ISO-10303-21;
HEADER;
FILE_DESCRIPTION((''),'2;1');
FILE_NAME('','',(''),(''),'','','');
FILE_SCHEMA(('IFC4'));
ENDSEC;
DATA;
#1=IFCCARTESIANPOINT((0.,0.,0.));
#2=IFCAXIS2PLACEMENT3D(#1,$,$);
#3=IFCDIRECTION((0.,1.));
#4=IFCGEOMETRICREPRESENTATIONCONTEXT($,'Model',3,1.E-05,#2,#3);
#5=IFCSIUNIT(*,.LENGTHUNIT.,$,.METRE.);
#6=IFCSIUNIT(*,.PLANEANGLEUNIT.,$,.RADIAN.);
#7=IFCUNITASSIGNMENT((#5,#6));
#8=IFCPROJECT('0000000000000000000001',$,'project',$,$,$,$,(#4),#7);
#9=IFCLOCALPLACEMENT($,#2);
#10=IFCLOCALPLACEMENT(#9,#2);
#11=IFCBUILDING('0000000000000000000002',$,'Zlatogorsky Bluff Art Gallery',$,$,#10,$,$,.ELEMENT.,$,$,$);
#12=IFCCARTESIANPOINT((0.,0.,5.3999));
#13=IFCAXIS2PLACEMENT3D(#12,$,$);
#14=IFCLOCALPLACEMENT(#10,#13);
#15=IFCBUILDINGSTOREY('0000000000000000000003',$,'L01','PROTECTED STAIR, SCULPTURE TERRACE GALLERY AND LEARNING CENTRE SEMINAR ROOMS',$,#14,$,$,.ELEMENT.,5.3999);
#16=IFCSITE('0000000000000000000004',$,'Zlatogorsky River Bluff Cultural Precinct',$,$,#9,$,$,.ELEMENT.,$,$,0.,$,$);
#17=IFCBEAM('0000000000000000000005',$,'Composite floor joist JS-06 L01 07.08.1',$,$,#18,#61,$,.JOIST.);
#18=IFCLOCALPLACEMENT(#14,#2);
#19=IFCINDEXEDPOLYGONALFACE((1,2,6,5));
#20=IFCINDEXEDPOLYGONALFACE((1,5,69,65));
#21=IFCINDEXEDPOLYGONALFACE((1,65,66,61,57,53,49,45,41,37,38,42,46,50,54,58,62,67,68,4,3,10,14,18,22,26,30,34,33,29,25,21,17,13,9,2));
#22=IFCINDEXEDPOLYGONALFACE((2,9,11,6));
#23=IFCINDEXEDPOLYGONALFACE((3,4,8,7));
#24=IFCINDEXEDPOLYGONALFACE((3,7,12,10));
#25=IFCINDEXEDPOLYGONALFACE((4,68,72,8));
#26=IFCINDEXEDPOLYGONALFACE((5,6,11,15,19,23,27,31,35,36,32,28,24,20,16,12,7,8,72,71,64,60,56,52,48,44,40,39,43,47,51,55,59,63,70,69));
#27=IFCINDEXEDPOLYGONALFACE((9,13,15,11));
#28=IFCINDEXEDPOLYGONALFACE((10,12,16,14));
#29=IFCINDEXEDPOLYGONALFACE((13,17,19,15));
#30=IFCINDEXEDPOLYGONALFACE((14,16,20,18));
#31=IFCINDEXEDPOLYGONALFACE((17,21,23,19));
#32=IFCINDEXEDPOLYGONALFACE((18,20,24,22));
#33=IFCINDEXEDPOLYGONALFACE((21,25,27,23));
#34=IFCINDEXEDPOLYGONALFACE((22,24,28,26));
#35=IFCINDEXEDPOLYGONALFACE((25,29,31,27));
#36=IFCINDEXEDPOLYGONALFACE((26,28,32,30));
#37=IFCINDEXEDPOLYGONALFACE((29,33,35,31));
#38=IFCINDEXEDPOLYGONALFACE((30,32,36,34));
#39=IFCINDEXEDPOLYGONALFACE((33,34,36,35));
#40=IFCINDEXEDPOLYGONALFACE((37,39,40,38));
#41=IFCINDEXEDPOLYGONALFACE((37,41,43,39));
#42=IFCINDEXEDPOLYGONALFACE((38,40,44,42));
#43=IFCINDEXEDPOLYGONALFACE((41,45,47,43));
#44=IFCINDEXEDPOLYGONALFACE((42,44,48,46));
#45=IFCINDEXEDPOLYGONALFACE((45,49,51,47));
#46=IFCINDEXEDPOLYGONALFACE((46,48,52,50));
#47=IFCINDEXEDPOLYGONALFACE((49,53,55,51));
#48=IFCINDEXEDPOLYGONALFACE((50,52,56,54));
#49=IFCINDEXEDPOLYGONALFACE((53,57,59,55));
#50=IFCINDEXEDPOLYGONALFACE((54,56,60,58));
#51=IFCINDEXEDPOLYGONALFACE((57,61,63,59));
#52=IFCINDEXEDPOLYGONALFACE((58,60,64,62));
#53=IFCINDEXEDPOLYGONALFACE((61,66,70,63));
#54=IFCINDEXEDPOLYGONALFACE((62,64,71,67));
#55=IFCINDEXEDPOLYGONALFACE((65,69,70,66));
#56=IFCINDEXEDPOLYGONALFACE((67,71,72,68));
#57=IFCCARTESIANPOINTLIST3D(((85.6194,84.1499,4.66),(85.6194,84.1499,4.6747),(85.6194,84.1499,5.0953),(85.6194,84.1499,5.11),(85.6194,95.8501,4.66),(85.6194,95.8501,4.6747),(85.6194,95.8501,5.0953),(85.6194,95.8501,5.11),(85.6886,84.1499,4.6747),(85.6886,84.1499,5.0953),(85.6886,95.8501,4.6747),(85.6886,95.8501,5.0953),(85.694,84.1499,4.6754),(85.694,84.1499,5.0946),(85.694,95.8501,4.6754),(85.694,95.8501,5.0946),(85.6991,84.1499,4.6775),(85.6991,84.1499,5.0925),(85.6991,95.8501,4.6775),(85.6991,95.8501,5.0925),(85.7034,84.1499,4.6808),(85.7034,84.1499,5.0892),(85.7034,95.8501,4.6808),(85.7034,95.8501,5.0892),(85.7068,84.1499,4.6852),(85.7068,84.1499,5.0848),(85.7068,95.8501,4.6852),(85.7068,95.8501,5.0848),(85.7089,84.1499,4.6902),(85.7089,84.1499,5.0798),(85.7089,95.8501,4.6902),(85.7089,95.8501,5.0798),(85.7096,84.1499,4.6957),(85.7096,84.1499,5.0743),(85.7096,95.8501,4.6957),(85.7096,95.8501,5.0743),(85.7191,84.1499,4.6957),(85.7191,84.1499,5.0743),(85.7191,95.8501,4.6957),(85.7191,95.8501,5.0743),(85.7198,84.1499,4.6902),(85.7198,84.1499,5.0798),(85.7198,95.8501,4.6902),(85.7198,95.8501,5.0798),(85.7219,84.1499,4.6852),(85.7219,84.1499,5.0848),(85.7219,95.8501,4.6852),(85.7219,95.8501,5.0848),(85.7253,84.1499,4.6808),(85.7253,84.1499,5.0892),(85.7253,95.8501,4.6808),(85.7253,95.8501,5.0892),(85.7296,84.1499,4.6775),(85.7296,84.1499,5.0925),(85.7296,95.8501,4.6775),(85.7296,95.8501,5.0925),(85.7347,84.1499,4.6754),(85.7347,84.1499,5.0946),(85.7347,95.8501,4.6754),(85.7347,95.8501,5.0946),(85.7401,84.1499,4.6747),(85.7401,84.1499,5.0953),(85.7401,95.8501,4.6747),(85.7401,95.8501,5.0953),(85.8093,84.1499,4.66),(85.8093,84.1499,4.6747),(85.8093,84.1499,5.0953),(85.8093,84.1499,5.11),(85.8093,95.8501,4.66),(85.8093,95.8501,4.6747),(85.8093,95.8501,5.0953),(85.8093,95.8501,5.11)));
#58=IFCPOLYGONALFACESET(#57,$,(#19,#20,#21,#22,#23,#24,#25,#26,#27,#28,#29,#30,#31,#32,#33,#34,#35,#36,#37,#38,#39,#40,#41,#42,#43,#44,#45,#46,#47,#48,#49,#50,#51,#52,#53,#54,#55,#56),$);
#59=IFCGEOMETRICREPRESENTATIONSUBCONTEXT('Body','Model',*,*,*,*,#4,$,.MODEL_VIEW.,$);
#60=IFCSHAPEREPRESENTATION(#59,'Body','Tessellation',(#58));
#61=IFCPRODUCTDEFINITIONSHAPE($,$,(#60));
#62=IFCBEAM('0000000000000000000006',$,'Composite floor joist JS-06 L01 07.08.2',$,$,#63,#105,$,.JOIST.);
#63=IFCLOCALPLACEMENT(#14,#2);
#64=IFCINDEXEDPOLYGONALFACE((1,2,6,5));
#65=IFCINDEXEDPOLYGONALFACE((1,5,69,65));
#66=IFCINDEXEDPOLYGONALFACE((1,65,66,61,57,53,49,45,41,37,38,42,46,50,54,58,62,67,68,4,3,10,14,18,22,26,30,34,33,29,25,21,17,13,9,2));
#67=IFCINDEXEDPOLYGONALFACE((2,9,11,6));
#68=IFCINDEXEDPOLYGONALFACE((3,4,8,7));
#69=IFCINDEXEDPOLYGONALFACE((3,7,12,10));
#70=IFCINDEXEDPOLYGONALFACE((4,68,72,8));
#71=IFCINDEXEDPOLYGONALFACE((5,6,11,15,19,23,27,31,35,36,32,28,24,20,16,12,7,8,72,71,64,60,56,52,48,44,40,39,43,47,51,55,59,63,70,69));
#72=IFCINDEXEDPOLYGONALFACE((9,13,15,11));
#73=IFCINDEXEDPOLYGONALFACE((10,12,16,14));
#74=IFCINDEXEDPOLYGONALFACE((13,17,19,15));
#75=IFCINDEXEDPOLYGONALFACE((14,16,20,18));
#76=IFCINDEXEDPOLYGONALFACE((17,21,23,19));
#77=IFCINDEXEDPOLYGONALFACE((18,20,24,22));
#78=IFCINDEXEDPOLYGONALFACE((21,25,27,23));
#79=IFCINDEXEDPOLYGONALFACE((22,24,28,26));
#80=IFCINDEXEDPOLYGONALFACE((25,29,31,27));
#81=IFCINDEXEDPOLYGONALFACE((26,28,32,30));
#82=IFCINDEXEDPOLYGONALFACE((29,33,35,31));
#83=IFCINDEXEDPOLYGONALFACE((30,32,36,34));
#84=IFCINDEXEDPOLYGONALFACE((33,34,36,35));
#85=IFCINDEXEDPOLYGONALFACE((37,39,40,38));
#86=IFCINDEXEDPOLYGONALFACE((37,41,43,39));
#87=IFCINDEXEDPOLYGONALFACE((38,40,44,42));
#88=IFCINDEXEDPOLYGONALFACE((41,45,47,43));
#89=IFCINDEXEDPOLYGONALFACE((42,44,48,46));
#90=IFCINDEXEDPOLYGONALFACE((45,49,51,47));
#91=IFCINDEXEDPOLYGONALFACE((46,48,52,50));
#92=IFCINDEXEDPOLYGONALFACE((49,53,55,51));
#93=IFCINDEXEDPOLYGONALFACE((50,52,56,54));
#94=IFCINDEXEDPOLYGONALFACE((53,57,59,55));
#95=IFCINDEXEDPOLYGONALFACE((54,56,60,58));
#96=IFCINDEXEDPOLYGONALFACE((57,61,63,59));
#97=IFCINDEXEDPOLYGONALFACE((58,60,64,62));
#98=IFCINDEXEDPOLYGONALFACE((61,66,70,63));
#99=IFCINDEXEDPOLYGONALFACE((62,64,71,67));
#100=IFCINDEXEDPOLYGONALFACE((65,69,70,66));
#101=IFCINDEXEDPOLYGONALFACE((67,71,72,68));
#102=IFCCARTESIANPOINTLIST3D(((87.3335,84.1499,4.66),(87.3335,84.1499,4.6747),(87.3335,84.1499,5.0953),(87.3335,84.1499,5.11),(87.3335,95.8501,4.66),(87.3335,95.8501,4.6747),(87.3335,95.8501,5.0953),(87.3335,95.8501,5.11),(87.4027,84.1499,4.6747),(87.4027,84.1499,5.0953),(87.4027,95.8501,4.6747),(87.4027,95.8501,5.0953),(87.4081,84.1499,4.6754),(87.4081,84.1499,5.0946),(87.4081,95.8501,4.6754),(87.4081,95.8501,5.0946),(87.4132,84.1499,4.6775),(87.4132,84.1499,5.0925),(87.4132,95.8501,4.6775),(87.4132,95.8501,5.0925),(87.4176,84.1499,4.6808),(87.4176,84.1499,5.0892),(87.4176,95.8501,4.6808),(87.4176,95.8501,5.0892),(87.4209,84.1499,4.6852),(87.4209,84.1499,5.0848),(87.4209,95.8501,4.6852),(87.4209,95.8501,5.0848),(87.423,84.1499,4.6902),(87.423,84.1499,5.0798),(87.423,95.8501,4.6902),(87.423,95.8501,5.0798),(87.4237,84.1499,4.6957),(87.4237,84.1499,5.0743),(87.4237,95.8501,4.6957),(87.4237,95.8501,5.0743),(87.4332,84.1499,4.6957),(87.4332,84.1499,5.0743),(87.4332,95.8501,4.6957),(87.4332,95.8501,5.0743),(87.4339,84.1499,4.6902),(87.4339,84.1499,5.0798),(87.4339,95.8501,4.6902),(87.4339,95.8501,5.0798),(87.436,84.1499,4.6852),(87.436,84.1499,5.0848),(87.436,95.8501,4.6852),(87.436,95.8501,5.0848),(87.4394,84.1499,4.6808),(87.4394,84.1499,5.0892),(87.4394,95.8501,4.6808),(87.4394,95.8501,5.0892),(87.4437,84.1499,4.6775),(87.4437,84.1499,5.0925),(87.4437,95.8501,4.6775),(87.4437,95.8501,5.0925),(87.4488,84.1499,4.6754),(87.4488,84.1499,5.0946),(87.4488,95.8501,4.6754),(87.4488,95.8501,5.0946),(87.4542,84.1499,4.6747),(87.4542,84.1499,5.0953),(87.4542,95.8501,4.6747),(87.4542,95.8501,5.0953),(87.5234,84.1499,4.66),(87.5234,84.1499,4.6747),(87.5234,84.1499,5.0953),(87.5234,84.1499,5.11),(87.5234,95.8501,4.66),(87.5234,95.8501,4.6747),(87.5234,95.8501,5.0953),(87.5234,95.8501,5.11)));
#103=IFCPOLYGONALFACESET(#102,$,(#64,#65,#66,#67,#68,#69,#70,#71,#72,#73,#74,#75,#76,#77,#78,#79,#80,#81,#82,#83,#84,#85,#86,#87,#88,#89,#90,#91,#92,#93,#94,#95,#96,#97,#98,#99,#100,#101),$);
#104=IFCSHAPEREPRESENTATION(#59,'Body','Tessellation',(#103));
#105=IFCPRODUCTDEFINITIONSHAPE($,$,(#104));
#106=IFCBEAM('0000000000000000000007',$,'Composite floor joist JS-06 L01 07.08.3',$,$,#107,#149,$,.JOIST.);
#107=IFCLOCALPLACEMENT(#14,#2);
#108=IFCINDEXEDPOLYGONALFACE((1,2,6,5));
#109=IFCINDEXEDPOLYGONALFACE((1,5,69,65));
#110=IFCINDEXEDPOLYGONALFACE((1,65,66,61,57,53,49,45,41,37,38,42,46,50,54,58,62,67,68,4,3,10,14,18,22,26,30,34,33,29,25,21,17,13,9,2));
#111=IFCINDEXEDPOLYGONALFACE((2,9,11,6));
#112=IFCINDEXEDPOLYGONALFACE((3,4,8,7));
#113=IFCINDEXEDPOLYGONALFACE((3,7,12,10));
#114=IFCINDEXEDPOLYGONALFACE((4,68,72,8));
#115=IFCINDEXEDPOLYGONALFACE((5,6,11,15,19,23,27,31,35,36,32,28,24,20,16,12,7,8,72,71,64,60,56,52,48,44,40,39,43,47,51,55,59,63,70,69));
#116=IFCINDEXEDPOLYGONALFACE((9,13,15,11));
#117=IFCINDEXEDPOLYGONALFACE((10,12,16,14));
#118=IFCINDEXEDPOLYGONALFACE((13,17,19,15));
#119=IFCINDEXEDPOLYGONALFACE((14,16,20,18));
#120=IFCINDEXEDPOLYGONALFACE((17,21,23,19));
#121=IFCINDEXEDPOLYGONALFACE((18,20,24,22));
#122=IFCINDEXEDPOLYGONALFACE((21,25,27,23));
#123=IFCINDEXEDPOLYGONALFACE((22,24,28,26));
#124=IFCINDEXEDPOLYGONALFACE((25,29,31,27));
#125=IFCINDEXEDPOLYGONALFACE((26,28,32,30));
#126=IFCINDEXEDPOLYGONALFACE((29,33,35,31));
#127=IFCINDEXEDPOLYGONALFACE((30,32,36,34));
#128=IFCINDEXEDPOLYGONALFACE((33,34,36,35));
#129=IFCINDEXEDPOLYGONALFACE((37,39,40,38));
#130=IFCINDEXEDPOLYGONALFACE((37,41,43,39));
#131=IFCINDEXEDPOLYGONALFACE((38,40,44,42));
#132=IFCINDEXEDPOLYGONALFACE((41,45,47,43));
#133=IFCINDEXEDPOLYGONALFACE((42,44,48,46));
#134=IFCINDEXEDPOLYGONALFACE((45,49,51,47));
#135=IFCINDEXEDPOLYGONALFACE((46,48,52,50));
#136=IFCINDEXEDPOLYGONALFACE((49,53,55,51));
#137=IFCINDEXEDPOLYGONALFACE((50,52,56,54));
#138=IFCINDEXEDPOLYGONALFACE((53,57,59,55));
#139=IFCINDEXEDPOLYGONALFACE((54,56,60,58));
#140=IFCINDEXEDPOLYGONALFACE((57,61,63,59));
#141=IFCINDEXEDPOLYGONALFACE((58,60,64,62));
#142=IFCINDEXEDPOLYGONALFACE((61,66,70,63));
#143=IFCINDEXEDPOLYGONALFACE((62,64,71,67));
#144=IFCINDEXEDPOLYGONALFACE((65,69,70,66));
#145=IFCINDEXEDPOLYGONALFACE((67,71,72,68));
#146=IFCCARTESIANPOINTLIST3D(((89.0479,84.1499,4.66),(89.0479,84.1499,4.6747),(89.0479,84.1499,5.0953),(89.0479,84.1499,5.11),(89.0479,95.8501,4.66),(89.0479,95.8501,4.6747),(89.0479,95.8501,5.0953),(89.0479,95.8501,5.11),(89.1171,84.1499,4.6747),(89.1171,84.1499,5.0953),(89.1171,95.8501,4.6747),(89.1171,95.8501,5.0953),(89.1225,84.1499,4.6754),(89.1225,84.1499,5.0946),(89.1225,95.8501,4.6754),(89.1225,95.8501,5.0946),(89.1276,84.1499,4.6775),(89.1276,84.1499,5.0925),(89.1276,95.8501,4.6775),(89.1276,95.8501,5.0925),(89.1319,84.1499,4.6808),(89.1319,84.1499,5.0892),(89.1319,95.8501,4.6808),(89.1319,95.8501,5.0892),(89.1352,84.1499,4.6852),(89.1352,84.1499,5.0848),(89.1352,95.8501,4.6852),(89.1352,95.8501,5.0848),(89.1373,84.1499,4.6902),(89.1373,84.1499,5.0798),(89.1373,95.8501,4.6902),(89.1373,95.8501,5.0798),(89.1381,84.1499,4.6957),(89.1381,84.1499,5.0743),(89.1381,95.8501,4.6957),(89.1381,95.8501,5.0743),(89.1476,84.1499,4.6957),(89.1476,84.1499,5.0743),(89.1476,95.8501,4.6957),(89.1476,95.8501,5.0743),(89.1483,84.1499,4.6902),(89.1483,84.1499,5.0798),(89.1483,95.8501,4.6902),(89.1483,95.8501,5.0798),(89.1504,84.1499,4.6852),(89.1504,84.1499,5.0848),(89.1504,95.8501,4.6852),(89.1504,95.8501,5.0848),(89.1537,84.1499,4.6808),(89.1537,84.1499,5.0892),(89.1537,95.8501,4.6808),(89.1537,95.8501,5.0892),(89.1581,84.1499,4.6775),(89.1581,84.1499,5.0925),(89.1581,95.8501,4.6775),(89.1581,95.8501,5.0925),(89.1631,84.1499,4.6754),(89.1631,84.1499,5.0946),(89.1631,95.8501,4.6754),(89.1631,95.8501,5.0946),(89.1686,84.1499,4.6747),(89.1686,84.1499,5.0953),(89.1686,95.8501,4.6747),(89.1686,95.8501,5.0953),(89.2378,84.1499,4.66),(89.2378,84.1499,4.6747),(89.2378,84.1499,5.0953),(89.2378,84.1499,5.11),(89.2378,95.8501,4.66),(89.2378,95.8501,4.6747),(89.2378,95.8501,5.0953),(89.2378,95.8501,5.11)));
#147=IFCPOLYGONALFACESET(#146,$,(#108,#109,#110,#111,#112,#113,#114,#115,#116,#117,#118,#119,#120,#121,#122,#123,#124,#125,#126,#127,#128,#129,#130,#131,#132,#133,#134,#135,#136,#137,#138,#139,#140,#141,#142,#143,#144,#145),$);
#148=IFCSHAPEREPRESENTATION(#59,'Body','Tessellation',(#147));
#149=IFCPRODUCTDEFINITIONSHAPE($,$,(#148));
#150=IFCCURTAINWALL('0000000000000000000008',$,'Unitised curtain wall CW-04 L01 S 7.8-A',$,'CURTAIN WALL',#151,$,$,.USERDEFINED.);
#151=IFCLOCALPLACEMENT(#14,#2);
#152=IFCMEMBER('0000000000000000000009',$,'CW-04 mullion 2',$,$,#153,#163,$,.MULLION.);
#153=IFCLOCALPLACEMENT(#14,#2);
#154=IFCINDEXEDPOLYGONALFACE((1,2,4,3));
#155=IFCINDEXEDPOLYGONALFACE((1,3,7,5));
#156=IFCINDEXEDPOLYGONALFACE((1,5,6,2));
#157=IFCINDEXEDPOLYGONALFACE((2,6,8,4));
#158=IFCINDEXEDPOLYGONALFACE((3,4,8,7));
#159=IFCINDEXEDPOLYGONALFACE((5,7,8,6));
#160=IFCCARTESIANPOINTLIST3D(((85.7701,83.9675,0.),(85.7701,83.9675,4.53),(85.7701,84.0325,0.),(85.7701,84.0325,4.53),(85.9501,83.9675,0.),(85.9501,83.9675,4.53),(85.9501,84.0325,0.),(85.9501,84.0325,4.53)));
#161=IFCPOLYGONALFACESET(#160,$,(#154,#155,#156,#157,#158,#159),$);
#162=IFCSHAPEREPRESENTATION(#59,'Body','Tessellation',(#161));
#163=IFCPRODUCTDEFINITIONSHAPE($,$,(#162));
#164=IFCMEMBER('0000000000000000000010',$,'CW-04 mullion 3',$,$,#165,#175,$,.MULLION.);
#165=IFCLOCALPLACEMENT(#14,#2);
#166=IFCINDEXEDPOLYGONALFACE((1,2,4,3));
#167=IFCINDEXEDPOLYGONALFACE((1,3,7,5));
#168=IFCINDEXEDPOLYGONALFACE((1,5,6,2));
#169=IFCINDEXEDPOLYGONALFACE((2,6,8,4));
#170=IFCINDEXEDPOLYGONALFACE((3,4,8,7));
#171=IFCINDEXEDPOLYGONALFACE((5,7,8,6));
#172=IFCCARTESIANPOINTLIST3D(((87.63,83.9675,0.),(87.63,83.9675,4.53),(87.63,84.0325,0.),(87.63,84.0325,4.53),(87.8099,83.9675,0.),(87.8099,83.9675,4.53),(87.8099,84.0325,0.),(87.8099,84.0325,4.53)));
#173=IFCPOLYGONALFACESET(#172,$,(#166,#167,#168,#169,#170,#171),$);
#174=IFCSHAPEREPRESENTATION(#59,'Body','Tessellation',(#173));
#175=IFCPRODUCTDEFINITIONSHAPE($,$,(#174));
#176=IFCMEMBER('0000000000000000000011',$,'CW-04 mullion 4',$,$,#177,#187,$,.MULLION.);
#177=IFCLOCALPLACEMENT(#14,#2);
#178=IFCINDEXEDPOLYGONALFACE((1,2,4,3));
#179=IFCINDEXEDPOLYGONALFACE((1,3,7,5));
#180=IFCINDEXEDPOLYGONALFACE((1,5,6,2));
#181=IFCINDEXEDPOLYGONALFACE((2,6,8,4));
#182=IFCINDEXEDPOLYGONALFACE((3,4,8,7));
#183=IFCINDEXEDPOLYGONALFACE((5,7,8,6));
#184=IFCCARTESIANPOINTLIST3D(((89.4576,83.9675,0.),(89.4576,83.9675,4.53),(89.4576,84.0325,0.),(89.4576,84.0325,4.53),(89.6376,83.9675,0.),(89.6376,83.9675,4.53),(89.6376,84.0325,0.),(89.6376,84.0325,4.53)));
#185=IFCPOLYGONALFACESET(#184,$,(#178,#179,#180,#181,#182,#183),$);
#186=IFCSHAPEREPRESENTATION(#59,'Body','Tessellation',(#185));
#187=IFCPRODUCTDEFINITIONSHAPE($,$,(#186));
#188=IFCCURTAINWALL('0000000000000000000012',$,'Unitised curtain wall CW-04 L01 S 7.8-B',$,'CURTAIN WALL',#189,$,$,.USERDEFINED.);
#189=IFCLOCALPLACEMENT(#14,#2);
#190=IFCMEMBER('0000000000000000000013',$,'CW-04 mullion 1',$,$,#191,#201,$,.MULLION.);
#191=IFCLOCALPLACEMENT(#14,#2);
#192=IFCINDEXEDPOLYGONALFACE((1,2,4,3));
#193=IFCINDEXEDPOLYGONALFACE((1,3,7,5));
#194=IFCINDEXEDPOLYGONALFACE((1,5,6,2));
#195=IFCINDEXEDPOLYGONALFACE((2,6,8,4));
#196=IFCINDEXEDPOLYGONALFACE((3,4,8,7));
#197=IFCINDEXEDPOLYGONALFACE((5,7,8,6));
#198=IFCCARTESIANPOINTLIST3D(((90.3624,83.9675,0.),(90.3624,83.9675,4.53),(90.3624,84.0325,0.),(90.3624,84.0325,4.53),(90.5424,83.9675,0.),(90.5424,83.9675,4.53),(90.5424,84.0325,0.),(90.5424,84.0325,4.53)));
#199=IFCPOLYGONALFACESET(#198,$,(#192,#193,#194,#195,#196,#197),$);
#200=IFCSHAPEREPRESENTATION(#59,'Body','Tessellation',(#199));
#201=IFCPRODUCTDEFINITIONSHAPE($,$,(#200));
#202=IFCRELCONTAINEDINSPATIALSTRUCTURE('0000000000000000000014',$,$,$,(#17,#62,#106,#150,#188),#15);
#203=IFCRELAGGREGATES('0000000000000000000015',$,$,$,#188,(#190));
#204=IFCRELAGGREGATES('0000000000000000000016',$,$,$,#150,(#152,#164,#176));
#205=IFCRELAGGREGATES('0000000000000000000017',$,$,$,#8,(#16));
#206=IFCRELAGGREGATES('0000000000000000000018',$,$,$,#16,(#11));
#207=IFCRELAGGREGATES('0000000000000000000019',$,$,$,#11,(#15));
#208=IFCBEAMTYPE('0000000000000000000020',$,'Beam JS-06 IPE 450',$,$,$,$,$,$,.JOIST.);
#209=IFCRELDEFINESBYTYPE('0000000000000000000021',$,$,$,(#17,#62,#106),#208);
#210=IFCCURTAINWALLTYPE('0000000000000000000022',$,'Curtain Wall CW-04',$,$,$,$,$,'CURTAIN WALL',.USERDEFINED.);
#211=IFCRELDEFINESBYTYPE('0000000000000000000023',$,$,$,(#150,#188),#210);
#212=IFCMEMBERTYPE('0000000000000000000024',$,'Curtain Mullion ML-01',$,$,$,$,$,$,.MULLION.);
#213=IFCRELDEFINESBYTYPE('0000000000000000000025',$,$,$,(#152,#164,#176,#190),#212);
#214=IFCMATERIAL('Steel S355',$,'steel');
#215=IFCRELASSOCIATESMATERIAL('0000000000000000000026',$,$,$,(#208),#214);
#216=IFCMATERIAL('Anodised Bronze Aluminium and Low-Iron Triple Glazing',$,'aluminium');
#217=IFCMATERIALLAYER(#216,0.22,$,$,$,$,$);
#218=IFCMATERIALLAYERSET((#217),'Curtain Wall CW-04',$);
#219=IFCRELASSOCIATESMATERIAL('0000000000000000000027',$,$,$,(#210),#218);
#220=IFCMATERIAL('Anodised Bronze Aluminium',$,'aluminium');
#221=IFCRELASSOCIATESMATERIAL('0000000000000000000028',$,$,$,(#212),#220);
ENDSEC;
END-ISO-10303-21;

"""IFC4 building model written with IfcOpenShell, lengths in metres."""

from ifc_helpers import new_model, si_unit, direction, frame, origin, origin_2d, place, context, subcontext, project, spatial, rectangle, i_section, extrude, material, layer, layer_set, material_profile, profile_set, type_object, element, aggregate, save


model = new_model("IFC4")

# Units and contexts
model_context = context("Model", 3, precision=1e-05, world=origin(), true_north=direction((0.0, 1.0)))
body_context = subcontext(model_context, "Body", "Model", "MODEL_VIEW")
ifc_project = project(units=[si_unit("LENGTHUNIT", "METRE"), si_unit("PLANEANGLEUNIT", "RADIAN")], contexts=[model_context])

# Site, building, storey
site_placement = place(None, origin())
site = spatial("IfcSite", under=ifc_project, at=site_placement, Name="Zlatogorsky River Bluff Cultural Precinct", CompositionType="ELEMENT", RefElevation=0.0)
building_placement = place(site_placement, origin())
building = spatial("IfcBuilding", under=site, at=building_placement, Name="Zlatogorsky Bluff Art Gallery", CompositionType="ELEMENT")
storey_placement = place(building_placement, frame((0.0, 0.0, 5.3999)))
storey = spatial("IfcBuildingStorey", under=building, at=storey_placement, Name="L01", Description="PROTECTED STAIR, SCULPTURE TERRACE GALLERY AND LEARNING CENTRE SEMINAR ROOMS", CompositionType="ELEMENT", Elevation=5.3999)

# Beams
ifc_material_1 = material(Name="Steel S355", Category="steel")
ifc_material_profile_1 = material_profile(ifc_material_1, i_section(OverallWidth=0.1899, OverallDepth=0.45, WebThickness=0.0095, FlangeThickness=0.0146, FilletRadius=0.021, at=origin_2d()), Name="IPE 450")
ifc_profile_set_1 = profile_set([ifc_material_profile_1], Name="Steel S355")
beam_type = type_object("IfcBeamType", Name="Beam JS-06 IPE 450", PredefinedType="JOIST", material=ifc_profile_set_1)
for number, where, z_axis, x_axis, name in (
    (1, (85.7144, 84.1499, 4.885), (0.0, 1.0, 0.0), (-1.0, 0.0, 0.0), "Composite floor joist JS-06 L01 07.08.1"),
    (2, (87.4285, 84.1499, 4.885), (0.0, 1.0, 0.0), (-1.0, 0.0, 0.0), "Composite floor joist JS-06 L01 07.08.2"),
    (3, (89.1428, 84.1499, 4.885), (0.0, 1.0, 0.0), (-1.0, 0.0, 0.0), "Composite floor joist JS-06 L01 07.08.3"),
):
    element("IfcBeam", number, at=place(storey_placement, frame(where, z_axis=z_axis, x_axis=x_axis)), inside=storey, type_object=beam_type, Name=name, PredefinedType="JOIST", context=body_context, shape_type="SweptSolid", body=[
        extrude(i_section(OverallWidth=0.1899, OverallDepth=0.45, WebThickness=0.0095, FlangeThickness=0.0146, FilletRadius=0.021, at=origin_2d()), origin(), (0.0, 0.0, 1.0), 11.7002),
    ])

# Curtain wall, members
ifc_material_2 = material(Name="Anodised Bronze Aluminium and Low-Iron Triple Glazing", Category="aluminium")
ifc_layer_1 = layer(ifc_material_2, 0.22)
ifc_layer_set_1 = layer_set([ifc_layer_1], Name="Curtain Wall CW-04")
curtain_wall_type = type_object("IfcCurtainWallType", Name="Curtain Wall CW-04", ElementType="CURTAIN WALL", PredefinedType="USERDEFINED", material=ifc_layer_set_1)
curtain_wall_1_placement = place(storey_placement, origin())
curtain_wall_1 = element("IfcCurtainWall", 4, at=curtain_wall_1_placement, inside=storey, type_object=curtain_wall_type, Name="Unitised curtain wall CW-04 L01 S 7.8-A", ObjectType="CURTAIN WALL", PredefinedType="USERDEFINED")
ifc_material_3 = material(Name="Anodised Bronze Aluminium", Category="aluminium")
ifc_material_profile_2 = material_profile(ifc_material_3, rectangle(XDim=0.0649, YDim=0.1799, at=origin_2d()), Name="ALU MULLION 65x180")
ifc_profile_set_2 = profile_set([ifc_material_profile_2], Name="Anodised Bronze Aluminium")
member_type_1 = type_object("IfcMemberType", Name="Curtain Mullion ML-01", PredefinedType="MULLION", material=ifc_profile_set_2)
member_1_placement = place(storey_placement, frame((85.8601, 84.0, 0.0), z_axis=(0.0, 0.0, 1.0), x_axis=(0.0, 1.0, 0.0)))
member_1 = element("IfcMember", 5, at=member_1_placement, type_object=member_type_1, Name="CW-04 mullion 2", PredefinedType="MULLION", context=body_context, shape_type="SweptSolid", body=[
    extrude(rectangle(XDim=0.0649, YDim=0.1799, at=origin_2d()), origin(), (0.0, 0.0, 1.0), 4.53),
])
member_2_placement = place(storey_placement, frame((87.72, 84.0, 0.0), z_axis=(0.0, 0.0, 1.0), x_axis=(0.0, 1.0, 0.0)))
member_2 = element("IfcMember", 6, at=member_2_placement, type_object=member_type_1, Name="CW-04 mullion 3", PredefinedType="MULLION", context=body_context, shape_type="SweptSolid", body=[
    extrude(rectangle(XDim=0.0649, YDim=0.1799, at=origin_2d()), origin(), (0.0, 0.0, 1.0), 4.53),
])
member_3_placement = place(storey_placement, frame((89.5476, 84.0, 0.0), z_axis=(0.0, 0.0, 1.0), x_axis=(0.0, 1.0, 0.0)))
member_3 = element("IfcMember", 7, at=member_3_placement, type_object=member_type_1, Name="CW-04 mullion 4", PredefinedType="MULLION", context=body_context, shape_type="SweptSolid", body=[
    extrude(rectangle(XDim=0.0649, YDim=0.1799, at=origin_2d()), origin(), (0.0, 0.0, 1.0), 4.53),
])

# Curtain wall, member
curtain_wall_2_placement = place(storey_placement, origin())
curtain_wall_2 = element("IfcCurtainWall", 8, at=curtain_wall_2_placement, inside=storey, type_object=curtain_wall_type, Name="Unitised curtain wall CW-04 L01 S 7.8-B", ObjectType="CURTAIN WALL", PredefinedType="USERDEFINED")
member_4_placement = place(storey_placement, frame((90.4524, 84.0, 0.0), z_axis=(0.0, 0.0, 1.0), x_axis=(0.0, 1.0, 0.0)))
member_4 = element("IfcMember", 9, at=member_4_placement, type_object=member_type_1, Name="CW-04 mullion 1", PredefinedType="MULLION", context=body_context, shape_type="SweptSolid", body=[
    extrude(rectangle(XDim=0.0649, YDim=0.1799, at=origin_2d()), origin(), (0.0, 0.0, 1.0), 4.53),
])

aggregate(curtain_wall_2, [member_4])

aggregate(curtain_wall_1, [member_1, member_2, member_3])

save(model, "model.ifc")
